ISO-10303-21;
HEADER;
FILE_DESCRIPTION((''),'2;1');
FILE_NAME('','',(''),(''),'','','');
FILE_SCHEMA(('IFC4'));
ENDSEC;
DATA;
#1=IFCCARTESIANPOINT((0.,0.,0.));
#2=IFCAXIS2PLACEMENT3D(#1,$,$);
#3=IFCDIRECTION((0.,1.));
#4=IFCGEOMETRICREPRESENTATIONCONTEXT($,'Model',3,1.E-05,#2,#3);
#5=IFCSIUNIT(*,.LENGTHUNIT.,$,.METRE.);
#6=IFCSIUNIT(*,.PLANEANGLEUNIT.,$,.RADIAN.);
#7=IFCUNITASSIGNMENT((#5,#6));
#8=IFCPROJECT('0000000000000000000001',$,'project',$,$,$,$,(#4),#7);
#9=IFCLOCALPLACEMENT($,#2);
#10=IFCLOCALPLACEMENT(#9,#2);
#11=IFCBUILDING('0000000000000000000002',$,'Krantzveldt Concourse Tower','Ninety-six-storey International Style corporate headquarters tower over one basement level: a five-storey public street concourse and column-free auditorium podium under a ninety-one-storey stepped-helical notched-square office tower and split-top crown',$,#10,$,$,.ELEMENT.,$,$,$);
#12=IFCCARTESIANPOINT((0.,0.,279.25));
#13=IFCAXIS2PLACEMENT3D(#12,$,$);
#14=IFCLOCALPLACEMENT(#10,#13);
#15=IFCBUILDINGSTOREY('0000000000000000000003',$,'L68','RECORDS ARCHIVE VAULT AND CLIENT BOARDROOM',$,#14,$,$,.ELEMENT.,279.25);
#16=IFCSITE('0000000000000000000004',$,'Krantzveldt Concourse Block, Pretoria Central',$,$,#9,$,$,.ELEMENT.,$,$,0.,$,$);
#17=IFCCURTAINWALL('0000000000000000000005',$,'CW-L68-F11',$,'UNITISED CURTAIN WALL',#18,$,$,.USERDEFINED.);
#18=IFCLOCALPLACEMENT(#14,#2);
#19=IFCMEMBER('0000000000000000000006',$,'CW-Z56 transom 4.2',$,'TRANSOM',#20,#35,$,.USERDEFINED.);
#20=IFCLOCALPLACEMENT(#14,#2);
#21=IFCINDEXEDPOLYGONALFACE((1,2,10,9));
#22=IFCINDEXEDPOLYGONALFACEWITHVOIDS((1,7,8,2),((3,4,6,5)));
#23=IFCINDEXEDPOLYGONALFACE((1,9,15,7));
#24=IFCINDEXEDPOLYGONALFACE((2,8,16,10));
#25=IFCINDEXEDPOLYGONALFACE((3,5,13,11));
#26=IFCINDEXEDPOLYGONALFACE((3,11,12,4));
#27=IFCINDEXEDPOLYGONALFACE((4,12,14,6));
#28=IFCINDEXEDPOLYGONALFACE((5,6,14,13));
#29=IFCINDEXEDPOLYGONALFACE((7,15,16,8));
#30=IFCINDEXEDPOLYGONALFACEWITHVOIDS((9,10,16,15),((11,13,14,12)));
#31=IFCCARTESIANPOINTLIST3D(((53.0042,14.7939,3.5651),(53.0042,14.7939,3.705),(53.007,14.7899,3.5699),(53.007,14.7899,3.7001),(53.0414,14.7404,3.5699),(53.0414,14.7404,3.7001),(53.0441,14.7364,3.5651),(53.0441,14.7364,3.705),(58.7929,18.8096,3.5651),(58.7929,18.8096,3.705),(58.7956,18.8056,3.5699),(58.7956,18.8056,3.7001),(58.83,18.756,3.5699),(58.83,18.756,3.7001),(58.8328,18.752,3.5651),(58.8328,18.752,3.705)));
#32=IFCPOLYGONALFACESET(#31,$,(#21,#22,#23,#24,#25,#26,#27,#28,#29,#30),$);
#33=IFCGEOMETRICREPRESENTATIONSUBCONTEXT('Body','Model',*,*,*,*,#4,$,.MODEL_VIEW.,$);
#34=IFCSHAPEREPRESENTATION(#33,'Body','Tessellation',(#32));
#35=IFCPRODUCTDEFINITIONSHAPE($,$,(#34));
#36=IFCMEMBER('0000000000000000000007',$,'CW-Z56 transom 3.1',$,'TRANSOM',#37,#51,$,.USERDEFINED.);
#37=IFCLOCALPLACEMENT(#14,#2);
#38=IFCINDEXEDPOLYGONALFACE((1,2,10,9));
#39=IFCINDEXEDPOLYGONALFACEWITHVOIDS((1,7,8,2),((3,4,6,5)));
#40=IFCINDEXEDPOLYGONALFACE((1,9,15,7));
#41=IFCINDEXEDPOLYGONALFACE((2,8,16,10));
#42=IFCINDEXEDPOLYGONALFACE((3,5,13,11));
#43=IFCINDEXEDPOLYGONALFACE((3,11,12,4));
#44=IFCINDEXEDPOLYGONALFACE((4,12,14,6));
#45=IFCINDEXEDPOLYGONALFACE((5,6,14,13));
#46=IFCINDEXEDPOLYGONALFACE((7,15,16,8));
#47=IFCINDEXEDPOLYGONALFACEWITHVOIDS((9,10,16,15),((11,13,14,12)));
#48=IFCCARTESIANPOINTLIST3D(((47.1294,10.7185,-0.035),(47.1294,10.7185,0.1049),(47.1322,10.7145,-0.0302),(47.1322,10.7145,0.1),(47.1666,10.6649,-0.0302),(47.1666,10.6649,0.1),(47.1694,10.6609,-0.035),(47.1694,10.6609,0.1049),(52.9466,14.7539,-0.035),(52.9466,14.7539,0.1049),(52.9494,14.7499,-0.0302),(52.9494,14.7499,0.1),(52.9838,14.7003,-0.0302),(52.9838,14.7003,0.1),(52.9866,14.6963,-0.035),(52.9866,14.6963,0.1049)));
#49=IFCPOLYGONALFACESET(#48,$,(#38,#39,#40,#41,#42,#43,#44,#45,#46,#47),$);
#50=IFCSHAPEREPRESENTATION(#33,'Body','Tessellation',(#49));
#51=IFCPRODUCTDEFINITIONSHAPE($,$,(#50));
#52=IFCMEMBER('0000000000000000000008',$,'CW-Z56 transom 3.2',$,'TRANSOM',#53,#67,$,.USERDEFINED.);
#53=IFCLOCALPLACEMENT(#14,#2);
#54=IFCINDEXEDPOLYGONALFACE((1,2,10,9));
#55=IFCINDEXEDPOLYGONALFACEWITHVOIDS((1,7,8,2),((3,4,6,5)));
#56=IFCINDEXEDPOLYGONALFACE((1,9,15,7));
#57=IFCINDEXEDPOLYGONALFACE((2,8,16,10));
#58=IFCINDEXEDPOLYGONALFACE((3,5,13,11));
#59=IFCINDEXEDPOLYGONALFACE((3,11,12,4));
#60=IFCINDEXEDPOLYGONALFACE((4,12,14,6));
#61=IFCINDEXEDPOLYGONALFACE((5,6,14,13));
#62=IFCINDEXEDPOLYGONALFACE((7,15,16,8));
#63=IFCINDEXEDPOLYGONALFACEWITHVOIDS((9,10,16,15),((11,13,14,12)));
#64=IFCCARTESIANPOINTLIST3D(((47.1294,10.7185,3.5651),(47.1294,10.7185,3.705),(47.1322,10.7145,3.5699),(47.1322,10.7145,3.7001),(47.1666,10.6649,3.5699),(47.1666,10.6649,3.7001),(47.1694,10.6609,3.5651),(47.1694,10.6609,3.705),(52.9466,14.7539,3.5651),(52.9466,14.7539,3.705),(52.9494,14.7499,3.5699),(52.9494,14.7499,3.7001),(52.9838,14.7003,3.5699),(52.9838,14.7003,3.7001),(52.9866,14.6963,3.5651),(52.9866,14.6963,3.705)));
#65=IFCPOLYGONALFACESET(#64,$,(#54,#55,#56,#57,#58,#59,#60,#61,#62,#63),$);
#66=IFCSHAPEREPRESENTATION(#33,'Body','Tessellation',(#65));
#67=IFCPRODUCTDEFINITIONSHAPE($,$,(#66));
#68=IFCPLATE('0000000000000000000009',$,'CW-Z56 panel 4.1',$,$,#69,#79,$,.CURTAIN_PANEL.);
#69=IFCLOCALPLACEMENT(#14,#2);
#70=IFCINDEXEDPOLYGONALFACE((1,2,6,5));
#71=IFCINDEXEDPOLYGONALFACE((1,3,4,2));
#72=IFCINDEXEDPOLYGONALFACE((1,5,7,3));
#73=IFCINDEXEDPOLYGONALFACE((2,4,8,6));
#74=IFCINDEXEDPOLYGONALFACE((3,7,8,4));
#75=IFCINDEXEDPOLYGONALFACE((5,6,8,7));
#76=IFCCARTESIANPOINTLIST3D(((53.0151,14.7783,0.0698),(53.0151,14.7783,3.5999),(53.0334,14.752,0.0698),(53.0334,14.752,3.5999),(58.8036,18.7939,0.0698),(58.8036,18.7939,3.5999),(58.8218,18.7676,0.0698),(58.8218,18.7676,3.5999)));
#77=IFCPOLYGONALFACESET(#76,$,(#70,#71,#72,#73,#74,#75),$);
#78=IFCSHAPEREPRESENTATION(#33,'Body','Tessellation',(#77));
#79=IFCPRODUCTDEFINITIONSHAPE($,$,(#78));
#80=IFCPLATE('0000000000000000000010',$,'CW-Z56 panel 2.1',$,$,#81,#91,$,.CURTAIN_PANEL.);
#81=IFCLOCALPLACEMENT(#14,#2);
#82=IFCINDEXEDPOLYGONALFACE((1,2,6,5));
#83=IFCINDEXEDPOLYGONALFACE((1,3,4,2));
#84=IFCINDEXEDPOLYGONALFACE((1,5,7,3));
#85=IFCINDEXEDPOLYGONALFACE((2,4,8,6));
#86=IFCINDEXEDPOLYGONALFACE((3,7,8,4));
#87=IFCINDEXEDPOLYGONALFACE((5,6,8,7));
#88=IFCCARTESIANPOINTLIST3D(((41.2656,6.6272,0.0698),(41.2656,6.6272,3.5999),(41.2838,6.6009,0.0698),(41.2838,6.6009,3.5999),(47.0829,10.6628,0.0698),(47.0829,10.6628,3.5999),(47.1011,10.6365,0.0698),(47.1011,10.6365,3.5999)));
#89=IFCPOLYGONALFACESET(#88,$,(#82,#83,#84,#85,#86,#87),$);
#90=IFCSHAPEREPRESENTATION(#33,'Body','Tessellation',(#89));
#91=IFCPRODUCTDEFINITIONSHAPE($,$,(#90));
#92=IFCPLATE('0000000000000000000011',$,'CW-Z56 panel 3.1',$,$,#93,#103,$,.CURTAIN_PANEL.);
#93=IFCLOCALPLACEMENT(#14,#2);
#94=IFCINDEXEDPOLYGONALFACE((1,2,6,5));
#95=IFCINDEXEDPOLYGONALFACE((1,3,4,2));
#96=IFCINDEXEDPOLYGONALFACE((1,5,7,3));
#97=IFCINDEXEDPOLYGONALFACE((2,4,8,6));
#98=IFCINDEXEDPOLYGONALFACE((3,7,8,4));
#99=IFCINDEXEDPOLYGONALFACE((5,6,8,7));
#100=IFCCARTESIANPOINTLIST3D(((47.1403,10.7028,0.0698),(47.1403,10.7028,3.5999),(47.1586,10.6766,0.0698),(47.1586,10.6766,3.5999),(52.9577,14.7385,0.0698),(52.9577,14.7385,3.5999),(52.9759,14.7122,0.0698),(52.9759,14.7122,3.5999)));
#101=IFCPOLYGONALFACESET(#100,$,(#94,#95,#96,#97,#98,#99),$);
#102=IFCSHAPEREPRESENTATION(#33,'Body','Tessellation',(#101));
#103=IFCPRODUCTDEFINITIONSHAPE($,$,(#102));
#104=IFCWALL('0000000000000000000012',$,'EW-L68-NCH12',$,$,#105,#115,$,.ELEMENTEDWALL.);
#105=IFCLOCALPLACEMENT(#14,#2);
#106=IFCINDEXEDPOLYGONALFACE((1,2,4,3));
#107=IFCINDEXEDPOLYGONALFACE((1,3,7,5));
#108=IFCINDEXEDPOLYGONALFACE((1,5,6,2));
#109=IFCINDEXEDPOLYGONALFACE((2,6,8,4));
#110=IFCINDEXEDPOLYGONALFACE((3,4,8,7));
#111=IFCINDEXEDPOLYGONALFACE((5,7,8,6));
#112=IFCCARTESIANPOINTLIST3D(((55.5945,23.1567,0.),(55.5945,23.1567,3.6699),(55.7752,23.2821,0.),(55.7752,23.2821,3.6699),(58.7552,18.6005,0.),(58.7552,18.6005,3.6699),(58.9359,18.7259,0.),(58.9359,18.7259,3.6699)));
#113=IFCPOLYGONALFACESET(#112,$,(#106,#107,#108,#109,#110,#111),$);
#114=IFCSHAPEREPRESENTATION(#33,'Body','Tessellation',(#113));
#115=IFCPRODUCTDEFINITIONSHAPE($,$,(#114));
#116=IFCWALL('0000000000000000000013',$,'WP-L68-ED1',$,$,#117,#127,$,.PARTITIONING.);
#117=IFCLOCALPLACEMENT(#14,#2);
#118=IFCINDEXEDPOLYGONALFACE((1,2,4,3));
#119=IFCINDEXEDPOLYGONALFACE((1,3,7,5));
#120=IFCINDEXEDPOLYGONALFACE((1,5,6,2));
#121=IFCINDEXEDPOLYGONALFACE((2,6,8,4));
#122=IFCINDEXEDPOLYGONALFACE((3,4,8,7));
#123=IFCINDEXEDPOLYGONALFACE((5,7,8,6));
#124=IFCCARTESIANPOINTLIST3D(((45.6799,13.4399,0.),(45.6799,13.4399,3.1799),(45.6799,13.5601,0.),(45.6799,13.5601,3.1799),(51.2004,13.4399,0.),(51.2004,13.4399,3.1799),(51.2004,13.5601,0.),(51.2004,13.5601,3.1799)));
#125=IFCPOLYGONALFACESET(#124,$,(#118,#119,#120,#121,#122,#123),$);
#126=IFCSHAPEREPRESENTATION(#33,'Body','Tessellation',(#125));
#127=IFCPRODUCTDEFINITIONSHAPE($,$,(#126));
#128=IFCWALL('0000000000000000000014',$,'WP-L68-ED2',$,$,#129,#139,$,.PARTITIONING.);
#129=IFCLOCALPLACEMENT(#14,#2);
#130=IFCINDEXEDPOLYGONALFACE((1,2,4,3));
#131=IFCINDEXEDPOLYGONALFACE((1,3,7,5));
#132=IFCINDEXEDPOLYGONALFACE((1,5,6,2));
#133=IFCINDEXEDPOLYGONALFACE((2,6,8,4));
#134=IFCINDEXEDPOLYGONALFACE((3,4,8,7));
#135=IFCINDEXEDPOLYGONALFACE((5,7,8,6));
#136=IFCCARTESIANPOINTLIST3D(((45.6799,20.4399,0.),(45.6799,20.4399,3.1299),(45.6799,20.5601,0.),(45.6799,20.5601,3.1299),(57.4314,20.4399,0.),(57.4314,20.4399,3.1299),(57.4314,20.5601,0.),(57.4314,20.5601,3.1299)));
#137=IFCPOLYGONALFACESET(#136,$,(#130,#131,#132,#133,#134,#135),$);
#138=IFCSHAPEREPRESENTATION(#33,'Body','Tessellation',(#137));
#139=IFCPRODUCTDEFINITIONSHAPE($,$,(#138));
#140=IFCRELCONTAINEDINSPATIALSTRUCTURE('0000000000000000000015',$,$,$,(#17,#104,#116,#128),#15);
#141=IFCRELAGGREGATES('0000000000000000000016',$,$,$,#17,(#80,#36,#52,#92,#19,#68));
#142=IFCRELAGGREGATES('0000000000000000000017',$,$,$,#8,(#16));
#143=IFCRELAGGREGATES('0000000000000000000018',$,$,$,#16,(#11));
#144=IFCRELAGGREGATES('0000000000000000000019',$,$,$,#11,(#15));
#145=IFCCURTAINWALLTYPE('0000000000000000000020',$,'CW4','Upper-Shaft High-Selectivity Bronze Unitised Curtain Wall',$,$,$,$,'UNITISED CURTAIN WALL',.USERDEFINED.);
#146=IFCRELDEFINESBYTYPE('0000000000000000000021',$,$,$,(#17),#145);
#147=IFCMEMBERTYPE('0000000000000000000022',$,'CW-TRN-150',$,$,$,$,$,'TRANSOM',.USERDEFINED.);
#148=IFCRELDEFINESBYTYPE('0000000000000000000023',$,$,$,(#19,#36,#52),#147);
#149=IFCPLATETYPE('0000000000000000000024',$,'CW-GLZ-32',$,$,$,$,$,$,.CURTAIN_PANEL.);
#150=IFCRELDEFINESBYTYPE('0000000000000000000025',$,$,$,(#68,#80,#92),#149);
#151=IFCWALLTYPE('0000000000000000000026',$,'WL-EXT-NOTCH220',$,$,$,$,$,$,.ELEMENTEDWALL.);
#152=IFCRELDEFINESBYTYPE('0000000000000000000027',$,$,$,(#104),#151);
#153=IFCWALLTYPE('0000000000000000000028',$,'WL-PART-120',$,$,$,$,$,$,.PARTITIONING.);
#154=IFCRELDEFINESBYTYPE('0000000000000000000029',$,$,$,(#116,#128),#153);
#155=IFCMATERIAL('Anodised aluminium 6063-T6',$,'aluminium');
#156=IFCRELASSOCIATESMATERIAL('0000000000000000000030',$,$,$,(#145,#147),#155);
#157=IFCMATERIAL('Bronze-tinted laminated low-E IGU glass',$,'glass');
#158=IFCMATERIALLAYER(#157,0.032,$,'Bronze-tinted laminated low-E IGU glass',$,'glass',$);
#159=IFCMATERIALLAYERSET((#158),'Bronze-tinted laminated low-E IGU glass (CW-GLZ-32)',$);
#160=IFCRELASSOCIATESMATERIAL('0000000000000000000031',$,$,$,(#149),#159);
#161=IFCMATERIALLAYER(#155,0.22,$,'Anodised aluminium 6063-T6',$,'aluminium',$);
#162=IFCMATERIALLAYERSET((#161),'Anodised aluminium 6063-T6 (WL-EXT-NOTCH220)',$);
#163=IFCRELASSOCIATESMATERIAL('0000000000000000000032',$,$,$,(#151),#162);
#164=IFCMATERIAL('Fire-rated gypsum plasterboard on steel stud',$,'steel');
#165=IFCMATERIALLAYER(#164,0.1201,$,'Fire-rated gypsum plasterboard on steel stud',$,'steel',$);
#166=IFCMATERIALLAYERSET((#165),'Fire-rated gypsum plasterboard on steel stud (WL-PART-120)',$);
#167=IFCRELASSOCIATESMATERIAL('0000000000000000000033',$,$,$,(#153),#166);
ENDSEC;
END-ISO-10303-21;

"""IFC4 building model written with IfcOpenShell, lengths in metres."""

from ifc_helpers import new_model, si_unit, direction, frame, frame_2d, origin, origin_2d, place, context, subcontext, project, spatial, rectangle, hollow_rectangle, extrude, source, transform, mapped, material, layer, layer_set, material_profile, profile_set, type_object, type_shapes, element, aggregate, save


model = new_model("IFC4")

# Units and contexts
model_context = context("Model", 3, precision=1e-05, world=origin(), true_north=direction((0.0, 1.0)))
body_context = subcontext(model_context, "Body", "Model", "MODEL_VIEW")
ifc_project = project(units=[si_unit("LENGTHUNIT", "METRE"), si_unit("PLANEANGLEUNIT", "RADIAN")], contexts=[model_context])

# Site, building, storey
site_placement = place(None, origin())
site = spatial("IfcSite", under=ifc_project, at=site_placement, Name="Krantzveldt Concourse Block, Pretoria Central", CompositionType="ELEMENT", RefElevation=0.0)
building_placement = place(site_placement, origin())
building = spatial("IfcBuilding", under=site, at=building_placement, Name="Krantzveldt Concourse Tower", Description="Ninety-six-storey International Style corporate headquarters tower over one basement level: a five-storey public street concourse and column-free auditorium podium under a ninety-one-storey stepped-helical notched-square office tower and split-top crown", CompositionType="ELEMENT")
storey_placement = place(building_placement, frame((0.0, 0.0, 279.25)))
storey = spatial("IfcBuildingStorey", under=building, at=storey_placement, Name="L68", Description="RECORDS ARCHIVE VAULT AND CLIENT BOARDROOM", CompositionType="ELEMENT", Elevation=279.25)

# Curtain wall, members, plates
ifc_material_1 = material(Name="Anodised aluminium 6063-T6", Category="aluminium")
curtain_wall_type = type_object("IfcCurtainWallType", Name="CW4", Description="Upper-Shaft High-Selectivity Bronze Unitised Curtain Wall", ElementType="UNITISED CURTAIN WALL", PredefinedType="USERDEFINED", material=ifc_material_1)
curtain_wall_placement = place(storey_placement, origin())
curtain_wall = element("IfcCurtainWall", 1, at=curtain_wall_placement, inside=storey, type_object=curtain_wall_type, Name="CW-L68-F11", ObjectType="UNITISED CURTAIN WALL", PredefinedType="USERDEFINED")
ifc_material_profile_1 = material_profile(ifc_material_1, hollow_rectangle(XDim=0.0701, YDim=0.1399, WallThickness=0.0049, at=origin_2d()), Name="Anodised aluminium 6063-T6", Category="aluminium")
ifc_profile_set_1 = profile_set([ifc_material_profile_1], Name="Anodised aluminium 6063-T6 - ALU-TRAN 140x70x5")
member_type_1 = type_object("IfcMemberType", Name="CW-TRN-150", ElementType="TRANSOM", PredefinedType="USERDEFINED", material=ifc_profile_set_1)
shared_shape_1 = source(origin(), body_context, "Body", "SweptSolid", [
    extrude(hollow_rectangle(XDim=0.0701, YDim=0.1399, WallThickness=0.0049, at=origin_2d()), origin(), (0.0, 0.0, 1.0), 7.0452),
])
member_1_placement = place(storey_placement, frame((53.0242, 14.7651, 3.635), z_axis=(0.82165, 0.569992, 0.0), x_axis=(-0.569992, 0.82165, 0.0)))
member_1 = element("IfcMember", 2, at=member_1_placement, type_object=member_type_1, Name="CW-Z56 transom 4.2", ObjectType="TRANSOM", PredefinedType="USERDEFINED", context=body_context, shape_type="MappedRepresentation", body=[
    mapped(shared_shape_1, transform((0.0, 0.0, 0.0), x_axis=(1.0, 0.0, 0.0), y_axis=(0.0, 1.0, 0.0), z_axis=(0.0, 0.0, 1.0), scale=1.0)),
])
shared_shape_2 = source(origin(), body_context, "Body", "SweptSolid", [
    extrude(hollow_rectangle(XDim=0.0701, YDim=0.1399, WallThickness=0.0049, at=origin_2d()), origin(), (0.0, 0.0, 1.0), 7.0798),
])
type_shapes(member_type_1, [shared_shape_1, shared_shape_2])
member_2_placement = place(storey_placement, frame((47.1494, 10.6897, 0.0349), z_axis=(0.821653, 0.569988, 0.0), x_axis=(-0.569988, 0.821653, 0.0)))
member_2 = element("IfcMember", 3, at=member_2_placement, type_object=member_type_1, Name="CW-Z56 transom 3.1", ObjectType="TRANSOM", PredefinedType="USERDEFINED", context=body_context, shape_type="MappedRepresentation", body=[
    mapped(shared_shape_2, transform((0.0, 0.0, 0.0), x_axis=(1.0, 0.0, 0.0), y_axis=(0.0, 1.0, 0.0), z_axis=(0.0, 0.0, 1.0), scale=1.0)),
])
member_3_placement = place(storey_placement, frame((47.1494, 10.6897, 3.635), z_axis=(0.821653, 0.569988, 0.0), x_axis=(-0.569988, 0.821653, 0.0)))
member_3 = element("IfcMember", 4, at=member_3_placement, type_object=member_type_1, Name="CW-Z56 transom 3.2", ObjectType="TRANSOM", PredefinedType="USERDEFINED", context=body_context, shape_type="MappedRepresentation", body=[
    mapped(shared_shape_2, transform((0.0, 0.0, 0.0), x_axis=(1.0, 0.0, 0.0), y_axis=(0.0, 1.0, 0.0), z_axis=(0.0, 0.0, 1.0), scale=1.0)),
])
ifc_material_2 = material(Name="Bronze-tinted laminated low-E IGU glass", Category="glass")
ifc_layer_1 = layer(ifc_material_2, 0.032, Name="Bronze-tinted laminated low-E IGU glass", Category="glass")
ifc_layer_set_1 = layer_set([ifc_layer_1], Name="Bronze-tinted laminated low-E IGU glass (CW-GLZ-32)")
plate_type = type_object("IfcPlateType", Name="CW-GLZ-32", PredefinedType="CURTAIN_PANEL", material=ifc_layer_set_1)
shared_shape_3 = source(origin(), body_context, "Body", "SweptSolid", [
    extrude(rectangle(XDim=7.0449, YDim=0.032, at=origin_2d()), origin(), (0.0, 0.0, 1.0), 3.53),
])
plate_1_placement = place(storey_placement, frame((55.9185, 16.7729, 0.0698), z_axis=(0.0, 0.0, 1.0), x_axis=(0.821647, 0.569997, 0.0)))
plate_1 = element("IfcPlate", 5, at=plate_1_placement, type_object=plate_type, Name="CW-Z56 panel 4.1", PredefinedType="CURTAIN_PANEL", context=body_context, shape_type="MappedRepresentation", body=[
    mapped(shared_shape_3, transform((0.0, 0.0, 0.0), x_axis=(1.0, 0.0, 0.0), y_axis=(0.0, 1.0, 0.0), z_axis=(0.0, 0.0, 1.0), scale=1.0)),
])
shared_shape_4 = source(origin(), body_context, "Body", "SweptSolid", [
    extrude(rectangle(XDim=7.0801, YDim=0.032, at=origin_2d()), origin(), (0.0, 0.0, 1.0), 3.53),
])
type_shapes(plate_type, [shared_shape_3, shared_shape_4])
plate_2_placement = place(storey_placement, frame((44.1833, 8.6318, 0.0698), z_axis=(0.0, 0.0, 1.0), x_axis=(0.821647, 0.569997, 0.0)))
plate_2 = element("IfcPlate", 6, at=plate_2_placement, type_object=plate_type, Name="CW-Z56 panel 2.1", PredefinedType="CURTAIN_PANEL", context=body_context, shape_type="MappedRepresentation", body=[
    mapped(shared_shape_4, transform((0.0, 0.0, 0.0), x_axis=(1.0, 0.0, 0.0), y_axis=(0.0, 1.0, 0.0), z_axis=(0.0, 0.0, 1.0), scale=1.0)),
])
plate_3_placement = place(storey_placement, frame((50.0581, 12.7075, 0.0698), z_axis=(0.0, 0.0, 1.0), x_axis=(0.821647, 0.569997, 0.0)))
plate_3 = element("IfcPlate", 7, at=plate_3_placement, type_object=plate_type, Name="CW-Z56 panel 3.1", PredefinedType="CURTAIN_PANEL", context=body_context, shape_type="MappedRepresentation", body=[
    mapped(shared_shape_4, transform((0.0, 0.0, 0.0), x_axis=(1.0, 0.0, 0.0), y_axis=(0.0, 1.0, 0.0), z_axis=(0.0, 0.0, 1.0), scale=1.0)),
])
aggregate(curtain_wall, [plate_2, member_2, member_3, plate_3, member_1, plate_1])

# Walls
ifc_layer_2 = layer(ifc_material_1, 0.22, Name="Anodised aluminium 6063-T6", Category="aluminium")
ifc_layer_set_2 = layer_set([ifc_layer_2], Name="Anodised aluminium 6063-T6 (WL-EXT-NOTCH220)")
wall_type_1 = type_object("IfcWallType", Name="WL-EXT-NOTCH220", PredefinedType="ELEMENTEDWALL", material=ifc_layer_set_2)
wall_1_placement = place(storey_placement, frame((58.8455, 18.6633, 0.0), z_axis=(0.0, 0.0, 1.0), x_axis=(-0.569988, 0.821653, 0.0)))
element("IfcWall", 8, at=wall_1_placement, inside=storey, type_object=wall_type_1, Name="EW-L68-NCH12", PredefinedType="ELEMENTEDWALL", context=body_context, shape_type="SweptSolid", body=[
    extrude(rectangle(XDim=5.5452, YDim=0.22, at=frame_2d((2.7725, 0.0))), origin(), (0.0, 0.0, 1.0), 3.6699),
])
ifc_material_3 = material(Name="Fire-rated gypsum plasterboard on steel stud", Category="steel")
ifc_layer_3 = layer(ifc_material_3, 0.1201, Name="Fire-rated gypsum plasterboard on steel stud", Category="steel")
ifc_layer_set_3 = layer_set([ifc_layer_3], Name="Fire-rated gypsum plasterboard on steel stud (WL-PART-120)")
wall_type_2 = type_object("IfcWallType", Name="WL-PART-120", PredefinedType="PARTITIONING", material=ifc_layer_set_3)
wall_2_placement = place(storey_placement, frame((45.6799, 13.5, 0.0), z_axis=(0.0, 0.0, 1.0), x_axis=(1.0, 0.0, 0.0)))
element("IfcWall", 9, at=wall_2_placement, inside=storey, type_object=wall_type_2, Name="WP-L68-ED1", PredefinedType="PARTITIONING", context=body_context, shape_type="SweptSolid", body=[
    extrude(rectangle(XDim=5.5205, YDim=0.1201, at=frame_2d((2.7603, 0.0))), origin(), (0.0, 0.0, 1.0), 3.1799),
])
wall_3_placement = place(storey_placement, frame((45.6799, 20.5, 0.0), z_axis=(0.0, 0.0, 1.0), x_axis=(1.0, 0.0, 0.0)))
element("IfcWall", 10, at=wall_3_placement, inside=storey, type_object=wall_type_2, Name="WP-L68-ED2", PredefinedType="PARTITIONING", context=body_context, shape_type="SweptSolid", body=[
    extrude(rectangle(XDim=11.7515, YDim=0.1201, at=frame_2d((5.8757, 0.0))), origin(), (0.0, 0.0, 1.0), 3.1299),
])

save(model, "model.ifc")
